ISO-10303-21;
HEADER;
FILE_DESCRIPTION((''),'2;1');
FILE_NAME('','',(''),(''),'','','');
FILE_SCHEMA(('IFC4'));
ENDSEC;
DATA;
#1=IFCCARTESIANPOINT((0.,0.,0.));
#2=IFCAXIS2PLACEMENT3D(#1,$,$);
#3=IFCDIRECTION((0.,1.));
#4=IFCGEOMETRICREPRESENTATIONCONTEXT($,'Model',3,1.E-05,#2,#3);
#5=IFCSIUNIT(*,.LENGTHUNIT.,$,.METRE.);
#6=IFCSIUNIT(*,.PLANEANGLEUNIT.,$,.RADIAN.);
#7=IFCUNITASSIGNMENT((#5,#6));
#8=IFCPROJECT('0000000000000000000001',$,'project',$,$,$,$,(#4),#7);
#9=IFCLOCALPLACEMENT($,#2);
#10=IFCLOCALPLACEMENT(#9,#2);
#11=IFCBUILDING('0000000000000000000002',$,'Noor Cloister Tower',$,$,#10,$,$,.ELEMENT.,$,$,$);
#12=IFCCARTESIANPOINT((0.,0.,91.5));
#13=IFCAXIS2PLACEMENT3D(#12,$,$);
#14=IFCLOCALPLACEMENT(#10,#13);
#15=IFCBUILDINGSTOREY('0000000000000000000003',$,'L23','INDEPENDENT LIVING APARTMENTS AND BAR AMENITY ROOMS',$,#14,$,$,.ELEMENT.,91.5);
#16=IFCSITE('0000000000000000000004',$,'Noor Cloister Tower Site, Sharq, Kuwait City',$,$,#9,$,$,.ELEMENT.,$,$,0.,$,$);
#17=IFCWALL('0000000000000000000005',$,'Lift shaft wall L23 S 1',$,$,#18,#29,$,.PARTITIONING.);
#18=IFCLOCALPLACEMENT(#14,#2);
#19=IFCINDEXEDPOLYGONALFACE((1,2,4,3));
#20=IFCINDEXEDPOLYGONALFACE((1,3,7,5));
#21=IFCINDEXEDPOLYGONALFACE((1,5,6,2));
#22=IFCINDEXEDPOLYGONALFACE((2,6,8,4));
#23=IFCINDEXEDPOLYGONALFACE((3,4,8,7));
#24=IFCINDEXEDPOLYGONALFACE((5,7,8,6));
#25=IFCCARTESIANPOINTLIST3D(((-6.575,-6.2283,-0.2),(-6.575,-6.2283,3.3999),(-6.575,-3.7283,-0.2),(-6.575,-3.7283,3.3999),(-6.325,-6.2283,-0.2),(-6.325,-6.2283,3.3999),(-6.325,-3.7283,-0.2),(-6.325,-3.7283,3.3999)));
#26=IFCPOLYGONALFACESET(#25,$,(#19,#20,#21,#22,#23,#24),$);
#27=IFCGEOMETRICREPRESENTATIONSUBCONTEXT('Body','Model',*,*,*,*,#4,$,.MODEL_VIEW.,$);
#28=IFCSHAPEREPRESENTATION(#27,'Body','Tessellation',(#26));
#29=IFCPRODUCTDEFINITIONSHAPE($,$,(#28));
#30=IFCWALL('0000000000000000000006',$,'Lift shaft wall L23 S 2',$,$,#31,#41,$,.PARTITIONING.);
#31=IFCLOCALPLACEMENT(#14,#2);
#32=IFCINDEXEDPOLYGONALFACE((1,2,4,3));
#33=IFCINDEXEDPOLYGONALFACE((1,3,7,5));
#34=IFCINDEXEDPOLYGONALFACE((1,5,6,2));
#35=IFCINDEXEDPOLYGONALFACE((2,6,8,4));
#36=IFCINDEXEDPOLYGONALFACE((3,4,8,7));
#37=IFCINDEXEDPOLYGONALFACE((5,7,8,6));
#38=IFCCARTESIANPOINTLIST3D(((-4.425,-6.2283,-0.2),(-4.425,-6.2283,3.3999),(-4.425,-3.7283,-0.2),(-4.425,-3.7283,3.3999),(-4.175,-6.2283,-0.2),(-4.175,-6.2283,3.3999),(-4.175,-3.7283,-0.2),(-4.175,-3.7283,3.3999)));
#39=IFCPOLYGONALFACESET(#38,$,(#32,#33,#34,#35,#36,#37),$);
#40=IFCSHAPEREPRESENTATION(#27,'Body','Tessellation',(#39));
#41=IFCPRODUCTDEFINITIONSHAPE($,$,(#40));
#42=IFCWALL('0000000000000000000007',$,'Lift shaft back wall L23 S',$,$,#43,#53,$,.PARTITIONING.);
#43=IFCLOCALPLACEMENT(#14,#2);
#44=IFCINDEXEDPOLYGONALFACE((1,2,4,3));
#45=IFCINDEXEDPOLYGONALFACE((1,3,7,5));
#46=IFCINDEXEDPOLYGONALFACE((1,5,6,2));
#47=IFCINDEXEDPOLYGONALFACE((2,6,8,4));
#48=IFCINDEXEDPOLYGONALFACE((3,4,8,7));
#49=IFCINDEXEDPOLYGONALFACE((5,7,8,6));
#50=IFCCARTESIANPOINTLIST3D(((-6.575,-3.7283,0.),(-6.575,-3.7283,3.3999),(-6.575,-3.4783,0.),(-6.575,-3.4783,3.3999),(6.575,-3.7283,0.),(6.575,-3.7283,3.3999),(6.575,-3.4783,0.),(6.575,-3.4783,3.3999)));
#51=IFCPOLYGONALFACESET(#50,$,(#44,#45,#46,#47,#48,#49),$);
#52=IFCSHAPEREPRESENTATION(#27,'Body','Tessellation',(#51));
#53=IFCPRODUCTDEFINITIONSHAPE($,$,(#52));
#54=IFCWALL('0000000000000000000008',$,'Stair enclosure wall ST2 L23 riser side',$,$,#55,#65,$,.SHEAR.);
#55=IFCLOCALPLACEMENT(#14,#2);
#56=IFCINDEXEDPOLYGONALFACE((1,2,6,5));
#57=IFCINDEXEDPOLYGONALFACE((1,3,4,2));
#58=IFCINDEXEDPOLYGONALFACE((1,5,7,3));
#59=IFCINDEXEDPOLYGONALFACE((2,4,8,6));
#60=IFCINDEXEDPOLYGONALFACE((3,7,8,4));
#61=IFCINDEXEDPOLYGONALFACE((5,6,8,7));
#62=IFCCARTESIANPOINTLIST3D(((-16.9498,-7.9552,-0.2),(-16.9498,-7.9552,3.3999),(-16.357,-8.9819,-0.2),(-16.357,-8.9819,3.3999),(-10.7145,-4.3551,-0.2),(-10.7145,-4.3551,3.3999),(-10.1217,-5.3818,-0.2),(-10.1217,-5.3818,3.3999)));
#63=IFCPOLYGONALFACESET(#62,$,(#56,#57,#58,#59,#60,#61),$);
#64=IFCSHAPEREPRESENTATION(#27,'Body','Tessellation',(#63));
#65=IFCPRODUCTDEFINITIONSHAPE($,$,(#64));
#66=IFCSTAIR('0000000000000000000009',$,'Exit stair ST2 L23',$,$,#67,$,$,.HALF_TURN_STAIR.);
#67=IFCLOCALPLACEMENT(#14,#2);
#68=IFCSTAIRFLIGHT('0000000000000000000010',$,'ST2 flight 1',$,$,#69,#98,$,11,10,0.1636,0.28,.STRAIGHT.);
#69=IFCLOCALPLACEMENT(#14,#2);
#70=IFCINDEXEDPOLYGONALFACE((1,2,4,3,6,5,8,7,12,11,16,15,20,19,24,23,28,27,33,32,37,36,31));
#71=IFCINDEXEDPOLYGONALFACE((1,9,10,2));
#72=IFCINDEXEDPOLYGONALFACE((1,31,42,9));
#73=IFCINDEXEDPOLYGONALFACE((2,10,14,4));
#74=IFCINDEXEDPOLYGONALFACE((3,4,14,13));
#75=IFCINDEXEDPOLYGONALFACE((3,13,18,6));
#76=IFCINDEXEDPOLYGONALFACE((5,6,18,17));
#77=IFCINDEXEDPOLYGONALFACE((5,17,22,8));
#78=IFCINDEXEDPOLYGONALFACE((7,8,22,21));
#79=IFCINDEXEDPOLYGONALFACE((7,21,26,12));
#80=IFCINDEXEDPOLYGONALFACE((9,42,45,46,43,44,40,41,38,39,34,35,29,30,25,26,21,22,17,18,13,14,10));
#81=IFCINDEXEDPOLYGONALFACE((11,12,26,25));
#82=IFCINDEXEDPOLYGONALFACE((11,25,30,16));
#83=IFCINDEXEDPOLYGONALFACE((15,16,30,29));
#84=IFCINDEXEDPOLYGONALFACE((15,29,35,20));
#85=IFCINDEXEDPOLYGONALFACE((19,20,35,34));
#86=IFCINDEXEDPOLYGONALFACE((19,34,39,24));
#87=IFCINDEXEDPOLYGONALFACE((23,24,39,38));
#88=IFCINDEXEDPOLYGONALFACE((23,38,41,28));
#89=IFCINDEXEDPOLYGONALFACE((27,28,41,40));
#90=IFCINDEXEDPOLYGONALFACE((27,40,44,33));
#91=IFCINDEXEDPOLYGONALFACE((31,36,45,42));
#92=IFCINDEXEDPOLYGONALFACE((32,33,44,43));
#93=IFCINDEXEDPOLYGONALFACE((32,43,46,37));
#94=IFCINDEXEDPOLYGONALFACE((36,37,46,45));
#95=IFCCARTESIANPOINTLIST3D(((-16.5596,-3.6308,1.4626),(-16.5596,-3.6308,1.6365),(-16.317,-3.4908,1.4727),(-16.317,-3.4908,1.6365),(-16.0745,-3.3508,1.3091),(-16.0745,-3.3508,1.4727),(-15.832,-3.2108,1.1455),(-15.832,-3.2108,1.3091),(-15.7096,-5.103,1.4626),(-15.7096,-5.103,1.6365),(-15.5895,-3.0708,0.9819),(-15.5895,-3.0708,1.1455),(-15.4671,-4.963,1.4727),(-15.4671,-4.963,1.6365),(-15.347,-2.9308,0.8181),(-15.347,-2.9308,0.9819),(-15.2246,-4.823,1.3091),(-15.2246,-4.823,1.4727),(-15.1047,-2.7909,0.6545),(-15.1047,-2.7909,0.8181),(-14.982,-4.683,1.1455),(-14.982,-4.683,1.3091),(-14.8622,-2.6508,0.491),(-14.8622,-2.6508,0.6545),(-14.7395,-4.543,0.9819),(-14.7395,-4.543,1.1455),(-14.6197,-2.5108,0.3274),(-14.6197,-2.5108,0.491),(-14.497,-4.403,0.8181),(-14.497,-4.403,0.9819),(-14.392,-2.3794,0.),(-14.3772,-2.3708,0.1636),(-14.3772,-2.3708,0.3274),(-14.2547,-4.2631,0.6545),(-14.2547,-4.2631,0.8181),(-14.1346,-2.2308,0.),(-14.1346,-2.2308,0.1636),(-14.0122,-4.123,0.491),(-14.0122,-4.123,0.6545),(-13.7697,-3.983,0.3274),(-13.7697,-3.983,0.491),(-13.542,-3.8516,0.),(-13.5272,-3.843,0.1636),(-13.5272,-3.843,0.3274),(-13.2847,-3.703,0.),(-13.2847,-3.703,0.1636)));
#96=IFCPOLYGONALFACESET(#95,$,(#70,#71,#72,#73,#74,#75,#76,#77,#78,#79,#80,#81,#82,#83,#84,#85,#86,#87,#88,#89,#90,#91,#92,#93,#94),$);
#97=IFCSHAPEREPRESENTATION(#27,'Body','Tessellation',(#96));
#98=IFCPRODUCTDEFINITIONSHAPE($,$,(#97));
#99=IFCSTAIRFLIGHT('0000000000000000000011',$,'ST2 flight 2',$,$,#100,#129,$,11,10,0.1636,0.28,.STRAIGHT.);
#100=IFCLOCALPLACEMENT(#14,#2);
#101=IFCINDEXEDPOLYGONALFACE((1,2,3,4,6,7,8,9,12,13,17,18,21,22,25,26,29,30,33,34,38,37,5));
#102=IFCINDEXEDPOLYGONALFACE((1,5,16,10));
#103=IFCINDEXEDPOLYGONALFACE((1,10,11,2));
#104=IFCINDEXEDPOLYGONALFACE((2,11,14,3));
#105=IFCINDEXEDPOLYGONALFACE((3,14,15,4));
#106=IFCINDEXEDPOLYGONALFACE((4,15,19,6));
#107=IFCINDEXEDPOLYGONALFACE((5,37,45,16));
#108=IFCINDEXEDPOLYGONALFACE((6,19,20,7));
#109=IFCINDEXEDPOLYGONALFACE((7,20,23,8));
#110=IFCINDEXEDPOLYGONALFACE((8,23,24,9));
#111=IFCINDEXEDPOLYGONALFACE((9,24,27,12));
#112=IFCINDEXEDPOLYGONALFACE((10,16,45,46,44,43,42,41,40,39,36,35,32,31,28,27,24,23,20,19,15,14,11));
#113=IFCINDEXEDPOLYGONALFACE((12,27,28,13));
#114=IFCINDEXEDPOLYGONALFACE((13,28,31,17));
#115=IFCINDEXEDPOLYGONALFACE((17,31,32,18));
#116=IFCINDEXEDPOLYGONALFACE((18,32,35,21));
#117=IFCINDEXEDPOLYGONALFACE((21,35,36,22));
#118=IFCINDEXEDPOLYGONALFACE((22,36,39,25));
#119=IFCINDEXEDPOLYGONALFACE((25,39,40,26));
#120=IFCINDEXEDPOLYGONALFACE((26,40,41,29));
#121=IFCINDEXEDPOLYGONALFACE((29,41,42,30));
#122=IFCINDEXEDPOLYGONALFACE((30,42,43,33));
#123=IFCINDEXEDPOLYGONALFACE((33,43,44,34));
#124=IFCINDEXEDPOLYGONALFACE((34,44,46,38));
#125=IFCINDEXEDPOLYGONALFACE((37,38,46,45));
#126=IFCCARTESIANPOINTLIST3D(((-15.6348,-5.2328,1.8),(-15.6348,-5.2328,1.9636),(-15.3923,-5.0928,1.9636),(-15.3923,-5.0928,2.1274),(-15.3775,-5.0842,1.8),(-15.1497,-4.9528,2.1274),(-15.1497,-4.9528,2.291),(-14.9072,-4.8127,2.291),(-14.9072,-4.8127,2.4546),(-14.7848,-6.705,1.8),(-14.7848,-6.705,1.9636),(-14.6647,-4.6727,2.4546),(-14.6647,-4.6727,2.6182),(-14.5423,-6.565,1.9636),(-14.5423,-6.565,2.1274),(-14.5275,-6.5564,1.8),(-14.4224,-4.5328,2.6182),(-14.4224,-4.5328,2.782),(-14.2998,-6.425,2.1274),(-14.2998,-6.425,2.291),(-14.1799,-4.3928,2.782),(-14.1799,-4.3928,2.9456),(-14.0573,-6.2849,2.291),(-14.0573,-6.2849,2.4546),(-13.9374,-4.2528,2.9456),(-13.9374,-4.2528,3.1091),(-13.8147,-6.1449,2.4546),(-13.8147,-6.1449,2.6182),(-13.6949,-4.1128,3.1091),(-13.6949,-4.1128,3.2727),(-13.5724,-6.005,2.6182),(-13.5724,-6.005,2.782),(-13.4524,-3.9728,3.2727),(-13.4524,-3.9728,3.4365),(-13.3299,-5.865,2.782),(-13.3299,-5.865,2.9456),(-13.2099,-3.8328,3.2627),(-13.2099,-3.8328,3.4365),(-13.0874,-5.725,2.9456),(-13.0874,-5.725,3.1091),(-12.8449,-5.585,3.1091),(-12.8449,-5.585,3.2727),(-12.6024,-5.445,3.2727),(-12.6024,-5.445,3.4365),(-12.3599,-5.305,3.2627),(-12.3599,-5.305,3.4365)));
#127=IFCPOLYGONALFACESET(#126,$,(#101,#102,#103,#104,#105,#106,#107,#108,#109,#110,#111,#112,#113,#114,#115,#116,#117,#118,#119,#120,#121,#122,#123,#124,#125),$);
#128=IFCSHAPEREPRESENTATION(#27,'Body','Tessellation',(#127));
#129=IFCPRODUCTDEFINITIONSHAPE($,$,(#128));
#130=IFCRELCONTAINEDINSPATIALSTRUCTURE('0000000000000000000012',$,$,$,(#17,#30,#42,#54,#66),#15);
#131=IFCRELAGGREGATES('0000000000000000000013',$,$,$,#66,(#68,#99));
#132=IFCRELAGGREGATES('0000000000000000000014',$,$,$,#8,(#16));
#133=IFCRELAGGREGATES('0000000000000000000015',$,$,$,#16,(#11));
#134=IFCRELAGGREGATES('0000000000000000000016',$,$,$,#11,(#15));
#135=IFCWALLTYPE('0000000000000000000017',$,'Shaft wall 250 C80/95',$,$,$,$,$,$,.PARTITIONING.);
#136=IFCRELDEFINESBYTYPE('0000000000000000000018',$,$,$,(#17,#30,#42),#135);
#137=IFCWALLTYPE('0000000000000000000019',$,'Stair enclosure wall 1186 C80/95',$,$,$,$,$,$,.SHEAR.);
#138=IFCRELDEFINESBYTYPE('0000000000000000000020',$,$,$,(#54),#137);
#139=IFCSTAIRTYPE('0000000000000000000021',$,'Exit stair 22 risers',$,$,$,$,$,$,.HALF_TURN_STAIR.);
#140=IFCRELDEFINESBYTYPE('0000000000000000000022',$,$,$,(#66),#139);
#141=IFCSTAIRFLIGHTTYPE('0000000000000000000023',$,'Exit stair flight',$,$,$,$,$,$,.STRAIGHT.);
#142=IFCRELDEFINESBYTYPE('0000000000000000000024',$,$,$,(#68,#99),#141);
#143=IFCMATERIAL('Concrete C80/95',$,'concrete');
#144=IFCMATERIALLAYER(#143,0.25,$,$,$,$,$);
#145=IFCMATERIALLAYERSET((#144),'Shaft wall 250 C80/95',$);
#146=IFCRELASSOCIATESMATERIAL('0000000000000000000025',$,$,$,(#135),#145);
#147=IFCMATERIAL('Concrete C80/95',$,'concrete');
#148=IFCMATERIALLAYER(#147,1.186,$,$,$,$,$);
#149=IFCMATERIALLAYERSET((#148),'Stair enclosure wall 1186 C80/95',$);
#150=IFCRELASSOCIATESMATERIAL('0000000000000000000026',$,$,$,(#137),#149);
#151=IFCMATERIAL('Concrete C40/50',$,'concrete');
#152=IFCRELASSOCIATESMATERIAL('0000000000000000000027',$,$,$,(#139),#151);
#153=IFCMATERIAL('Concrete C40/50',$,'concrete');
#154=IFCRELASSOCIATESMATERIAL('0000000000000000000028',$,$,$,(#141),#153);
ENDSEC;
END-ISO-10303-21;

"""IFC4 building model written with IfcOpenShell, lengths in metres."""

from ifc_helpers import new_model, si_unit, direction, frame, frame_2d, origin, place, context, subcontext, project, spatial, polyline, rectangle, outline, extrude, material, layer, layer_set, type_object, element, aggregate, save


model = new_model("IFC4")

# Units and contexts
model_context = context("Model", 3, precision=1e-05, world=origin(), true_north=direction((0.0, 1.0)))
body_context = subcontext(model_context, "Body", "Model", "MODEL_VIEW")
ifc_project = project(units=[si_unit("LENGTHUNIT", "METRE"), si_unit("PLANEANGLEUNIT", "RADIAN")], contexts=[model_context])

# Site, building, storey
site_placement = place(None, origin())
site = spatial("IfcSite", under=ifc_project, at=site_placement, Name="Noor Cloister Tower Site, Sharq, Kuwait City", CompositionType="ELEMENT", RefElevation=0.0)
building_placement = place(site_placement, origin())
building = spatial("IfcBuilding", under=site, at=building_placement, Name="Noor Cloister Tower", CompositionType="ELEMENT")
storey_placement = place(building_placement, frame((0.0, 0.0, 91.5)))
storey = spatial("IfcBuildingStorey", under=building, at=storey_placement, Name="L23", Description="INDEPENDENT LIVING APARTMENTS AND BAR AMENITY ROOMS", CompositionType="ELEMENT", Elevation=91.5)

# Walls
ifc_material_1 = material(Name="Concrete C80/95", Category="concrete")
ifc_layer_1 = layer(ifc_material_1, 0.25)
ifc_layer_set_1 = layer_set([ifc_layer_1], Name="Shaft wall 250 C80/95")
wall_type_1 = type_object("IfcWallType", Name="Shaft wall 250 C80/95", PredefinedType="PARTITIONING", material=ifc_layer_set_1)
for number, where, z_axis, x_axis, name in (
    (1, (-6.45, -6.2283, -0.2), (0.0, 0.0, 1.0), (0.0, 1.0, 0.0), "Lift shaft wall L23 S 1"),
    (2, (-4.3, -6.2283, -0.2), (0.0, 0.0, 1.0), (0.0, 1.0, 0.0), "Lift shaft wall L23 S 2"),
):
    element("IfcWall", number, at=place(storey_placement, frame(where, z_axis=z_axis, x_axis=x_axis)), inside=storey, type_object=wall_type_1, Name=name, PredefinedType="PARTITIONING", context=body_context, shape_type="SweptSolid", body=[
        extrude(rectangle(XDim=2.5, YDim=0.25, at=frame_2d((1.25, 0.0))), origin(), (0.0, 0.0, 1.0), 3.5999),
    ])
wall_1_placement = place(storey_placement, frame((-6.575, -3.6033, 0.0), z_axis=(0.0, 0.0, 1.0), x_axis=(1.0, 0.0, 0.0)))
element("IfcWall", 3, at=wall_1_placement, inside=storey, type_object=wall_type_1, Name="Lift shaft back wall L23 S", PredefinedType="PARTITIONING", context=body_context, shape_type="SweptSolid", body=[
    extrude(rectangle(XDim=13.1499, YDim=0.25, at=frame_2d((6.575, 0.0))), origin(), (0.0, 0.0, 1.0), 3.3999),
])
ifc_material_2 = material(Name="Concrete C80/95", Category="concrete")
ifc_layer_2 = layer(ifc_material_2, 1.186)
ifc_layer_set_2 = layer_set([ifc_layer_2], Name="Stair enclosure wall 1186 C80/95")
wall_type_2 = type_object("IfcWallType", Name="Stair enclosure wall 1186 C80/95", PredefinedType="SHEAR", material=ifc_layer_set_2)
wall_2_placement = place(storey_placement, frame((-10.418, -4.8684, -0.2), z_axis=(0.0, 0.0, 1.0), x_axis=(-0.866018, -0.500012, 0.0)))
element("IfcWall", 4, at=wall_2_placement, inside=storey, type_object=wall_type_2, Name="Stair enclosure wall ST2 L23 riser side", PredefinedType="SHEAR", context=body_context, shape_type="SweptSolid", body=[
    extrude(rectangle(XDim=7.2, YDim=1.1855, at=frame_2d((3.6001, 0.0))), origin(), (0.0, 0.0, 1.0), 3.5999),
])

# Stair, stair flights
ifc_material_3 = material(Name="Concrete C40/50", Category="concrete")
stair_type = type_object("IfcStairType", Name="Exit stair 22 risers", PredefinedType="HALF_TURN_STAIR", material=ifc_material_3)
stair_placement = place(storey_placement, origin())
stair = element("IfcStair", 5, at=stair_placement, inside=storey, type_object=stair_type, Name="Exit stair ST2 L23", PredefinedType="HALF_TURN_STAIR")
ifc_material_4 = material(Name="Concrete C40/50", Category="concrete")
stair_flight_type = type_object("IfcStairFlightType", Name="Exit stair flight", PredefinedType="STRAIGHT", material=ifc_material_4)
stair_flight_1_placement = place(storey_placement, frame((-13.7097, -2.9668, 0.0), z_axis=(0.0, 0.0, 1.0), x_axis=(-0.866025, -0.5, 0.0)))
stair_flight_1 = element("IfcStairFlight", 6, at=stair_flight_1_placement, type_object=stair_flight_type, Name="ST2 flight 1", NumberOfRisers=11, NumberOfTreads=10, PredefinedType="STRAIGHT", RiserHeight=0.1636, TreadLength=0.28, context=body_context, shape_type="SweptSolid", body=[
    extrude(outline(polyline([(0.0, 0.0), (0.0, 0.1636), (0.28, 0.1636), (0.28, 0.3274), (0.5601, 0.3274), (0.5601, 0.491), (0.8401, 0.491), (0.8401, 0.6545), (1.1201, 0.6545), (1.1201, 0.8181), (1.3999, 0.8181), (1.3999, 0.9819), (1.6799, 0.9819), (1.6799, 1.1455), (1.96, 1.1455), (1.96, 1.3091), (2.24, 1.3091), (2.24, 1.4727), (2.52, 1.4727), (2.52, 1.6365), (2.8, 1.6365), (2.8, 1.8), (2.8, 1.4626), (0.2971, 0.0), (0.0, 0.0)])), frame((0.0, 0.8501, 0.0), z_axis=(0.0, -1.0, 0.0), x_axis=(1.0, 0.0, 0.0)), (0.0, 0.0, 1.0), 1.7),
])
stair_flight_2_placement = place(storey_placement, frame((-15.2097, -5.969, 1.8), z_axis=(0.0, 0.0, 1.0), x_axis=(0.866025, 0.5, 0.0)))
stair_flight_2 = element("IfcStairFlight", 7, at=stair_flight_2_placement, type_object=stair_flight_type, Name="ST2 flight 2", NumberOfRisers=11, NumberOfTreads=10, PredefinedType="STRAIGHT", RiserHeight=0.1636, TreadLength=0.28, context=body_context, shape_type="SweptSolid", body=[
    extrude(outline(polyline([(0.0, 0.0), (0.0, 0.1636), (0.28, 0.1636), (0.28, 0.3274), (0.5601, 0.3274), (0.5601, 0.491), (0.8401, 0.491), (0.8401, 0.6545), (1.1201, 0.6545), (1.1201, 0.8181), (1.3999, 0.8181), (1.3999, 0.9819), (1.6799, 0.9819), (1.6799, 1.1455), (1.96, 1.1455), (1.96, 1.3091), (2.24, 1.3091), (2.24, 1.4727), (2.52, 1.4727), (2.52, 1.6365), (2.8, 1.6365), (2.8, 1.8), (2.8, 1.4626), (0.2971, 0.0), (0.0, 0.0)])), frame((0.0, 0.8501, 0.0), z_axis=(0.0, -1.0, 0.0), x_axis=(1.0, 0.0, 0.0)), (0.0, 0.0, 1.0), 1.7),
])
aggregate(stair, [stair_flight_1, stair_flight_2])

save(model, "model.ifc")
